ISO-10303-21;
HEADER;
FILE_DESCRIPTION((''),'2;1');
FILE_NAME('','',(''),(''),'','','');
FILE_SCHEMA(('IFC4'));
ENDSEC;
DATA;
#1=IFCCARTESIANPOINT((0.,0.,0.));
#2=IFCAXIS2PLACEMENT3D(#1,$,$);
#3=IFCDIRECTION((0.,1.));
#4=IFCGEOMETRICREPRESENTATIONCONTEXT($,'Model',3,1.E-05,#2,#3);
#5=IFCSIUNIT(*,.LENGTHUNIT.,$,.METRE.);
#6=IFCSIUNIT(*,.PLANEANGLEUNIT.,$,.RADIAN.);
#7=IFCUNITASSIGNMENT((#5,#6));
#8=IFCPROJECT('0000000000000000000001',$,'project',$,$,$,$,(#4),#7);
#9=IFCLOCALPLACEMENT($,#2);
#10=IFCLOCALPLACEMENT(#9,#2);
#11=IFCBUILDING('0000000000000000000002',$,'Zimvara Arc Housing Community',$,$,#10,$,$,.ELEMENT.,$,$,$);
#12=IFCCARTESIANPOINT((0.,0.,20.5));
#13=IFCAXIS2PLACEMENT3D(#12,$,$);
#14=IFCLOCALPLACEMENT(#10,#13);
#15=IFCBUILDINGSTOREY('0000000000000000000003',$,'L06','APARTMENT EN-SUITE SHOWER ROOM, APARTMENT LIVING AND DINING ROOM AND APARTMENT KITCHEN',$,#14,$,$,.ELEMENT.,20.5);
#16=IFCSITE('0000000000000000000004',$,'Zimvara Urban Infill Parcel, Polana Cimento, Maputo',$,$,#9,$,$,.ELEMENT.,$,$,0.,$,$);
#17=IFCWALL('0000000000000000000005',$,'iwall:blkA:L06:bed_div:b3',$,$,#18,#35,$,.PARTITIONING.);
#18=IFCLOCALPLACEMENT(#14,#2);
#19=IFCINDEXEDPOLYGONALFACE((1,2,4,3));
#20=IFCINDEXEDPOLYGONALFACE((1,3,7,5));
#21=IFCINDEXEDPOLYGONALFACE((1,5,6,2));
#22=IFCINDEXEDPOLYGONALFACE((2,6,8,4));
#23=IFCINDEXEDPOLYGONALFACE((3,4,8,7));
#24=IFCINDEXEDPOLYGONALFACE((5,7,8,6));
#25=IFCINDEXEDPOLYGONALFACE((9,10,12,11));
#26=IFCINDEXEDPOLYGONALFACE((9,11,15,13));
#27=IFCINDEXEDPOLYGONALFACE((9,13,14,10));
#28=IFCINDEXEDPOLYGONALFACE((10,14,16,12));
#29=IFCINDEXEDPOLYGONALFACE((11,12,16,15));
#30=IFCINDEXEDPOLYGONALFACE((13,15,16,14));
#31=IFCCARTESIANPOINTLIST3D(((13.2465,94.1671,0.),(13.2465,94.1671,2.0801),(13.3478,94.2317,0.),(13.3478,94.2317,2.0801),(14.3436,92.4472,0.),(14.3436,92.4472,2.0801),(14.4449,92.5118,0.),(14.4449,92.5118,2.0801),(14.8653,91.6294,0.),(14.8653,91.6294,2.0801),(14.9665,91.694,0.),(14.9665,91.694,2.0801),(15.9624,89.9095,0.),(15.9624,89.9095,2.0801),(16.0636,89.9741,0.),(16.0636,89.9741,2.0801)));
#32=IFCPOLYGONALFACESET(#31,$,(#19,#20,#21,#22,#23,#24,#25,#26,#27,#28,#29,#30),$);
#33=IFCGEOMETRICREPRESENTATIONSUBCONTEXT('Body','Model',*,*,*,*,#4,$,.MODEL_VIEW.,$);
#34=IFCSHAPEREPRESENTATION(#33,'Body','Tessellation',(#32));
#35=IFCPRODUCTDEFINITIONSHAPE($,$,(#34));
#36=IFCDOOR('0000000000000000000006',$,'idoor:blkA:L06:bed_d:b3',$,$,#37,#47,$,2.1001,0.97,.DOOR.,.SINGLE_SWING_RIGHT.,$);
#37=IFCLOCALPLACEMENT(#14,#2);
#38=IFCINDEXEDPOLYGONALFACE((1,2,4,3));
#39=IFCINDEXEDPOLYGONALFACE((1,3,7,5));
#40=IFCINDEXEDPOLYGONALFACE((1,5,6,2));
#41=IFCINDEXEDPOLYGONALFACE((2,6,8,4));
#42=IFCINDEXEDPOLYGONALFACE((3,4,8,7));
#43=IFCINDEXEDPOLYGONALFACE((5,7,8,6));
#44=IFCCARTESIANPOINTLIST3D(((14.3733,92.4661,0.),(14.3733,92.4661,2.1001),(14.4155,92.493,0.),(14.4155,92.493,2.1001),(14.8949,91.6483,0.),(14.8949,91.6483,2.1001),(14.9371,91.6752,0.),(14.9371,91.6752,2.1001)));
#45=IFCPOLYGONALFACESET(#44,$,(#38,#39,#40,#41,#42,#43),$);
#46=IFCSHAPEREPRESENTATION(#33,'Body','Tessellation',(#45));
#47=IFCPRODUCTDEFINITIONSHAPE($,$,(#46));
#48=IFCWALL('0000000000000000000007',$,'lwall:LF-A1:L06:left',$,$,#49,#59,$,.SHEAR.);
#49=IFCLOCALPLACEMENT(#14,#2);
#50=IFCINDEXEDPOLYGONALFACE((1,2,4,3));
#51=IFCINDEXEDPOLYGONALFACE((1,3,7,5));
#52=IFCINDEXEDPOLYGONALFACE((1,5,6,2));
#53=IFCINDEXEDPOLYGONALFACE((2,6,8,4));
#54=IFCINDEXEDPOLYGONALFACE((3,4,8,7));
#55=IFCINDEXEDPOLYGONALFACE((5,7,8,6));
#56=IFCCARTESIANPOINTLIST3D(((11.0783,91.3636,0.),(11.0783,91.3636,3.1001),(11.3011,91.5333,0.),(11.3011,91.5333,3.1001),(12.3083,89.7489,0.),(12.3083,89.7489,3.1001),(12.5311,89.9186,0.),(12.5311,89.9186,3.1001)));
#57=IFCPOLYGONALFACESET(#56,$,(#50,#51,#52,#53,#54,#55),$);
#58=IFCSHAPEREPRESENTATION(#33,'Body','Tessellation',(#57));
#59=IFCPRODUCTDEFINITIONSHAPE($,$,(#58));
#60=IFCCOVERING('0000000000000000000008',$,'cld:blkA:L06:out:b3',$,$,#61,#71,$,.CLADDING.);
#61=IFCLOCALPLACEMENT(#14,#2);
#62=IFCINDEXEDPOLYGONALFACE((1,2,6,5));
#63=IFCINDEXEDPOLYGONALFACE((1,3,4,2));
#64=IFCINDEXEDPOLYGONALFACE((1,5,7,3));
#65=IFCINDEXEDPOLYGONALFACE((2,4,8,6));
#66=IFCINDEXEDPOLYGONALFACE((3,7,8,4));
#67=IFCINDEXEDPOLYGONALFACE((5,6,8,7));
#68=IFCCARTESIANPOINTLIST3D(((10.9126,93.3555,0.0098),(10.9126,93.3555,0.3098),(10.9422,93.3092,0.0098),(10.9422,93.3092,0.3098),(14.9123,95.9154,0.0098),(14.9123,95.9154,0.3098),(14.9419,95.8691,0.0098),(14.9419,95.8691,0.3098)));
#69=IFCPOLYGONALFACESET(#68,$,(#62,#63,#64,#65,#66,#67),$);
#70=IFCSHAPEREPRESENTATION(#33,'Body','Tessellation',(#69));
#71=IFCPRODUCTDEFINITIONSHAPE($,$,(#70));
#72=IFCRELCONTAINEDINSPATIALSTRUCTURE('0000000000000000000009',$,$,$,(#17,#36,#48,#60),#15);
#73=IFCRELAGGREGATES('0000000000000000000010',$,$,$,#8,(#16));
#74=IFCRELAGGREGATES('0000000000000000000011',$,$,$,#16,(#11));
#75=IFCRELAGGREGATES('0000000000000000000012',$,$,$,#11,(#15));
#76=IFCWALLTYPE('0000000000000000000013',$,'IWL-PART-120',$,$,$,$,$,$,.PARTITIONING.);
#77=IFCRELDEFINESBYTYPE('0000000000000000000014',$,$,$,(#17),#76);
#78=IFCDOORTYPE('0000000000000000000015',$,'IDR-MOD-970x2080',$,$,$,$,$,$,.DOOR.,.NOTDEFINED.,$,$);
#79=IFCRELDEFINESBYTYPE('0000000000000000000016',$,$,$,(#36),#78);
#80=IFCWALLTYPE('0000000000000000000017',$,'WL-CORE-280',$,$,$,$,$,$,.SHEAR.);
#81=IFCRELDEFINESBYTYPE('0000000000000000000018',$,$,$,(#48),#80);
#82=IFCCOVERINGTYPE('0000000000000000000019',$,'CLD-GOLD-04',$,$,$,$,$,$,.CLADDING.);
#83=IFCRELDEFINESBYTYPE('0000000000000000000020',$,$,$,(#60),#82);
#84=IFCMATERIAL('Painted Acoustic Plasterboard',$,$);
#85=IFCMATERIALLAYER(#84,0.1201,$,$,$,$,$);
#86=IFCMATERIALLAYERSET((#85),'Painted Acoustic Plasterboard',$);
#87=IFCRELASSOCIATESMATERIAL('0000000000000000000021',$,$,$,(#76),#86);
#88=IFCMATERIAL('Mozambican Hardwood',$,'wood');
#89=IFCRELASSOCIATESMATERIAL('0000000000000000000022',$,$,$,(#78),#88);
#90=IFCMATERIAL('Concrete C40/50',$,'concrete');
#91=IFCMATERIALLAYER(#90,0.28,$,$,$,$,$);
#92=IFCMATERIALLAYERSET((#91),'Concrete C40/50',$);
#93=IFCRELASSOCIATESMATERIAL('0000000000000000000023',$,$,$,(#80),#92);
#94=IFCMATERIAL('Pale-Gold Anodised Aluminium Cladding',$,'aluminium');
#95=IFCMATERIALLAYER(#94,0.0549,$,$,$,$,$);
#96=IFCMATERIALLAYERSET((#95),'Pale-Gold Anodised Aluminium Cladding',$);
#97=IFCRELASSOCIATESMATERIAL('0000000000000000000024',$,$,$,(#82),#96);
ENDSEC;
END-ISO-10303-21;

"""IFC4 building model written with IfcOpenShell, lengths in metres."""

from ifc_helpers import new_model, si_unit, direction, frame, frame_2d, origin, origin_2d, place, context, subcontext, project, spatial, rectangle, extrude, material, layer, layer_set, type_object, element, fill, save


model = new_model("IFC4")

# Units and contexts
model_context = context("Model", 3, precision=1e-05, world=origin(), true_north=direction((0.0, 1.0)))
body_context = subcontext(model_context, "Body", "Model", "MODEL_VIEW")
ifc_project = project(units=[si_unit("LENGTHUNIT", "METRE"), si_unit("PLANEANGLEUNIT", "RADIAN")], contexts=[model_context])

# Site, building, storey
site_placement = place(None, origin())
site = spatial("IfcSite", under=ifc_project, at=site_placement, Name="Zimvara Urban Infill Parcel, Polana Cimento, Maputo", CompositionType="ELEMENT", RefElevation=0.0)
building_placement = place(site_placement, origin())
building = spatial("IfcBuilding", under=site, at=building_placement, Name="Zimvara Arc Housing Community", CompositionType="ELEMENT")
storey_placement = place(building_placement, frame((0.0, 0.0, 20.5)))
storey = spatial("IfcBuildingStorey", under=building, at=storey_placement, Name="L06", Description="APARTMENT EN-SUITE SHOWER ROOM, APARTMENT LIVING AND DINING ROOM AND APARTMENT KITCHEN", CompositionType="ELEMENT", Elevation=20.5)

# Wall, opening, door
ifc_material_1 = material(Name="Painted Acoustic Plasterboard")
ifc_layer_1 = layer(ifc_material_1, 0.1201)
ifc_layer_set_1 = layer_set([ifc_layer_1], Name="Painted Acoustic Plasterboard")
wall_type_1 = type_object("IfcWallType", Name="IWL-PART-120", PredefinedType="PARTITIONING", material=ifc_layer_set_1)
wall_1_placement = place(storey_placement, frame((16.0129, 89.9419, 0.0), z_axis=(0.0, 0.0, 1.0), x_axis=(-0.537785, 0.843082, 0.0)))
wall_1 = element("IfcWall", 1, at=wall_1_placement, inside=storey, type_object=wall_type_1, Name="iwall:blkA:L06:bed_div:b3", PredefinedType="PARTITIONING", context=body_context, shape_type="SweptSolid", body=[
    extrude(rectangle(XDim=5.05, YDim=0.1201, at=frame_2d((2.5249, 0.0))), origin(), (0.0, 0.0, 1.0), 2.0801),
])
opening_1_placement = place(wall_1_placement, frame((2.04, 0.0, 0.0)))
opening_1 = element("IfcOpeningElement", 2, at=opening_1_placement, cuts=wall_1, PredefinedType="OPENING", context=body_context, shape_type="SweptSolid", body=[
    extrude(rectangle(XDim=0.97, YDim=2.1001, at=frame_2d((0.4849, 1.05))), frame((0.0, 0.0701, 0.0), z_axis=(0.0, -1.0, 0.0), x_axis=(1.0, 0.0, 0.0)), (0.0, 0.0, 1.0), 0.1401),
])
ifc_material_2 = material(Name="Mozambican Hardwood", Category="wood")
door_type_1 = type_object("IfcDoorType", Name="IDR-MOD-970x2080", OperationType="NOTDEFINED", PredefinedType="DOOR", material=ifc_material_2)
door_1_placement = place(opening_1_placement, origin())
door_1 = element("IfcDoor", 3, at=door_1_placement, inside=storey, type_object=door_type_1, Name="idoor:blkA:L06:bed_d:b3", OperationType="SINGLE_SWING_RIGHT", OverallHeight=2.1001, OverallWidth=0.97, PredefinedType="DOOR", context=body_context, shape_type="SweptSolid", body=[
    extrude(rectangle(XDim=0.97, YDim=2.1001, at=frame_2d((0.4849, 1.05))), frame((0.0, 0.0249, 0.0), z_axis=(0.0, -1.0, 0.0), x_axis=(1.0, 0.0, 0.0)), (0.0, 0.0, 1.0), 0.05),
])
fill(opening_1, door_1)
ifc_material_3 = material(Name="Concrete C40/50", Category="concrete")
ifc_layer_2 = layer(ifc_material_3, 0.28)
ifc_layer_set_2 = layer_set([ifc_layer_2], Name="Concrete C40/50")
wall_type_2 = type_object("IfcWallType", Name="WL-CORE-280", PredefinedType="SHEAR", material=ifc_layer_set_2)

# Wall
wall_2_placement = place(storey_placement, frame((12.4197, 89.8337, 0.0), z_axis=(0.0, 0.0, 1.0), x_axis=(-0.605949, 0.795504, 0.0)))
element("IfcWall", 4, at=wall_2_placement, inside=storey, type_object=wall_type_2, Name="lwall:LF-A1:L06:left", PredefinedType="SHEAR", context=body_context, shape_type="SweptSolid", body=[
    extrude(rectangle(XDim=2.0298, YDim=0.28, at=frame_2d((1.0149, 0.0))), origin(), (0.0, 0.0, 1.0), 3.1001),
])

# Covering
ifc_material_4 = material(Name="Pale-Gold Anodised Aluminium Cladding", Category="aluminium")
ifc_layer_3 = layer(ifc_material_4, 0.0549)
ifc_layer_set_3 = layer_set([ifc_layer_3], Name="Pale-Gold Anodised Aluminium Cladding")
covering_type = type_object("IfcCoveringType", Name="CLD-GOLD-04", PredefinedType="CLADDING", material=ifc_layer_set_3)
covering_placement = place(storey_placement, frame((12.9272, 94.6123, 0.0098), z_axis=(0.0, 0.0, 1.0), x_axis=(0.842265, 0.539063, 0.0)))
element("IfcCovering", 5, at=covering_placement, inside=storey, type_object=covering_type, Name="cld:blkA:L06:out:b3", PredefinedType="CLADDING", context=body_context, shape_type="SweptSolid", body=[
    extrude(rectangle(XDim=4.7488, YDim=0.0549, at=origin_2d()), origin(), (0.0, 0.0, 1.0), 0.3),
])

save(model, "model.ifc")
